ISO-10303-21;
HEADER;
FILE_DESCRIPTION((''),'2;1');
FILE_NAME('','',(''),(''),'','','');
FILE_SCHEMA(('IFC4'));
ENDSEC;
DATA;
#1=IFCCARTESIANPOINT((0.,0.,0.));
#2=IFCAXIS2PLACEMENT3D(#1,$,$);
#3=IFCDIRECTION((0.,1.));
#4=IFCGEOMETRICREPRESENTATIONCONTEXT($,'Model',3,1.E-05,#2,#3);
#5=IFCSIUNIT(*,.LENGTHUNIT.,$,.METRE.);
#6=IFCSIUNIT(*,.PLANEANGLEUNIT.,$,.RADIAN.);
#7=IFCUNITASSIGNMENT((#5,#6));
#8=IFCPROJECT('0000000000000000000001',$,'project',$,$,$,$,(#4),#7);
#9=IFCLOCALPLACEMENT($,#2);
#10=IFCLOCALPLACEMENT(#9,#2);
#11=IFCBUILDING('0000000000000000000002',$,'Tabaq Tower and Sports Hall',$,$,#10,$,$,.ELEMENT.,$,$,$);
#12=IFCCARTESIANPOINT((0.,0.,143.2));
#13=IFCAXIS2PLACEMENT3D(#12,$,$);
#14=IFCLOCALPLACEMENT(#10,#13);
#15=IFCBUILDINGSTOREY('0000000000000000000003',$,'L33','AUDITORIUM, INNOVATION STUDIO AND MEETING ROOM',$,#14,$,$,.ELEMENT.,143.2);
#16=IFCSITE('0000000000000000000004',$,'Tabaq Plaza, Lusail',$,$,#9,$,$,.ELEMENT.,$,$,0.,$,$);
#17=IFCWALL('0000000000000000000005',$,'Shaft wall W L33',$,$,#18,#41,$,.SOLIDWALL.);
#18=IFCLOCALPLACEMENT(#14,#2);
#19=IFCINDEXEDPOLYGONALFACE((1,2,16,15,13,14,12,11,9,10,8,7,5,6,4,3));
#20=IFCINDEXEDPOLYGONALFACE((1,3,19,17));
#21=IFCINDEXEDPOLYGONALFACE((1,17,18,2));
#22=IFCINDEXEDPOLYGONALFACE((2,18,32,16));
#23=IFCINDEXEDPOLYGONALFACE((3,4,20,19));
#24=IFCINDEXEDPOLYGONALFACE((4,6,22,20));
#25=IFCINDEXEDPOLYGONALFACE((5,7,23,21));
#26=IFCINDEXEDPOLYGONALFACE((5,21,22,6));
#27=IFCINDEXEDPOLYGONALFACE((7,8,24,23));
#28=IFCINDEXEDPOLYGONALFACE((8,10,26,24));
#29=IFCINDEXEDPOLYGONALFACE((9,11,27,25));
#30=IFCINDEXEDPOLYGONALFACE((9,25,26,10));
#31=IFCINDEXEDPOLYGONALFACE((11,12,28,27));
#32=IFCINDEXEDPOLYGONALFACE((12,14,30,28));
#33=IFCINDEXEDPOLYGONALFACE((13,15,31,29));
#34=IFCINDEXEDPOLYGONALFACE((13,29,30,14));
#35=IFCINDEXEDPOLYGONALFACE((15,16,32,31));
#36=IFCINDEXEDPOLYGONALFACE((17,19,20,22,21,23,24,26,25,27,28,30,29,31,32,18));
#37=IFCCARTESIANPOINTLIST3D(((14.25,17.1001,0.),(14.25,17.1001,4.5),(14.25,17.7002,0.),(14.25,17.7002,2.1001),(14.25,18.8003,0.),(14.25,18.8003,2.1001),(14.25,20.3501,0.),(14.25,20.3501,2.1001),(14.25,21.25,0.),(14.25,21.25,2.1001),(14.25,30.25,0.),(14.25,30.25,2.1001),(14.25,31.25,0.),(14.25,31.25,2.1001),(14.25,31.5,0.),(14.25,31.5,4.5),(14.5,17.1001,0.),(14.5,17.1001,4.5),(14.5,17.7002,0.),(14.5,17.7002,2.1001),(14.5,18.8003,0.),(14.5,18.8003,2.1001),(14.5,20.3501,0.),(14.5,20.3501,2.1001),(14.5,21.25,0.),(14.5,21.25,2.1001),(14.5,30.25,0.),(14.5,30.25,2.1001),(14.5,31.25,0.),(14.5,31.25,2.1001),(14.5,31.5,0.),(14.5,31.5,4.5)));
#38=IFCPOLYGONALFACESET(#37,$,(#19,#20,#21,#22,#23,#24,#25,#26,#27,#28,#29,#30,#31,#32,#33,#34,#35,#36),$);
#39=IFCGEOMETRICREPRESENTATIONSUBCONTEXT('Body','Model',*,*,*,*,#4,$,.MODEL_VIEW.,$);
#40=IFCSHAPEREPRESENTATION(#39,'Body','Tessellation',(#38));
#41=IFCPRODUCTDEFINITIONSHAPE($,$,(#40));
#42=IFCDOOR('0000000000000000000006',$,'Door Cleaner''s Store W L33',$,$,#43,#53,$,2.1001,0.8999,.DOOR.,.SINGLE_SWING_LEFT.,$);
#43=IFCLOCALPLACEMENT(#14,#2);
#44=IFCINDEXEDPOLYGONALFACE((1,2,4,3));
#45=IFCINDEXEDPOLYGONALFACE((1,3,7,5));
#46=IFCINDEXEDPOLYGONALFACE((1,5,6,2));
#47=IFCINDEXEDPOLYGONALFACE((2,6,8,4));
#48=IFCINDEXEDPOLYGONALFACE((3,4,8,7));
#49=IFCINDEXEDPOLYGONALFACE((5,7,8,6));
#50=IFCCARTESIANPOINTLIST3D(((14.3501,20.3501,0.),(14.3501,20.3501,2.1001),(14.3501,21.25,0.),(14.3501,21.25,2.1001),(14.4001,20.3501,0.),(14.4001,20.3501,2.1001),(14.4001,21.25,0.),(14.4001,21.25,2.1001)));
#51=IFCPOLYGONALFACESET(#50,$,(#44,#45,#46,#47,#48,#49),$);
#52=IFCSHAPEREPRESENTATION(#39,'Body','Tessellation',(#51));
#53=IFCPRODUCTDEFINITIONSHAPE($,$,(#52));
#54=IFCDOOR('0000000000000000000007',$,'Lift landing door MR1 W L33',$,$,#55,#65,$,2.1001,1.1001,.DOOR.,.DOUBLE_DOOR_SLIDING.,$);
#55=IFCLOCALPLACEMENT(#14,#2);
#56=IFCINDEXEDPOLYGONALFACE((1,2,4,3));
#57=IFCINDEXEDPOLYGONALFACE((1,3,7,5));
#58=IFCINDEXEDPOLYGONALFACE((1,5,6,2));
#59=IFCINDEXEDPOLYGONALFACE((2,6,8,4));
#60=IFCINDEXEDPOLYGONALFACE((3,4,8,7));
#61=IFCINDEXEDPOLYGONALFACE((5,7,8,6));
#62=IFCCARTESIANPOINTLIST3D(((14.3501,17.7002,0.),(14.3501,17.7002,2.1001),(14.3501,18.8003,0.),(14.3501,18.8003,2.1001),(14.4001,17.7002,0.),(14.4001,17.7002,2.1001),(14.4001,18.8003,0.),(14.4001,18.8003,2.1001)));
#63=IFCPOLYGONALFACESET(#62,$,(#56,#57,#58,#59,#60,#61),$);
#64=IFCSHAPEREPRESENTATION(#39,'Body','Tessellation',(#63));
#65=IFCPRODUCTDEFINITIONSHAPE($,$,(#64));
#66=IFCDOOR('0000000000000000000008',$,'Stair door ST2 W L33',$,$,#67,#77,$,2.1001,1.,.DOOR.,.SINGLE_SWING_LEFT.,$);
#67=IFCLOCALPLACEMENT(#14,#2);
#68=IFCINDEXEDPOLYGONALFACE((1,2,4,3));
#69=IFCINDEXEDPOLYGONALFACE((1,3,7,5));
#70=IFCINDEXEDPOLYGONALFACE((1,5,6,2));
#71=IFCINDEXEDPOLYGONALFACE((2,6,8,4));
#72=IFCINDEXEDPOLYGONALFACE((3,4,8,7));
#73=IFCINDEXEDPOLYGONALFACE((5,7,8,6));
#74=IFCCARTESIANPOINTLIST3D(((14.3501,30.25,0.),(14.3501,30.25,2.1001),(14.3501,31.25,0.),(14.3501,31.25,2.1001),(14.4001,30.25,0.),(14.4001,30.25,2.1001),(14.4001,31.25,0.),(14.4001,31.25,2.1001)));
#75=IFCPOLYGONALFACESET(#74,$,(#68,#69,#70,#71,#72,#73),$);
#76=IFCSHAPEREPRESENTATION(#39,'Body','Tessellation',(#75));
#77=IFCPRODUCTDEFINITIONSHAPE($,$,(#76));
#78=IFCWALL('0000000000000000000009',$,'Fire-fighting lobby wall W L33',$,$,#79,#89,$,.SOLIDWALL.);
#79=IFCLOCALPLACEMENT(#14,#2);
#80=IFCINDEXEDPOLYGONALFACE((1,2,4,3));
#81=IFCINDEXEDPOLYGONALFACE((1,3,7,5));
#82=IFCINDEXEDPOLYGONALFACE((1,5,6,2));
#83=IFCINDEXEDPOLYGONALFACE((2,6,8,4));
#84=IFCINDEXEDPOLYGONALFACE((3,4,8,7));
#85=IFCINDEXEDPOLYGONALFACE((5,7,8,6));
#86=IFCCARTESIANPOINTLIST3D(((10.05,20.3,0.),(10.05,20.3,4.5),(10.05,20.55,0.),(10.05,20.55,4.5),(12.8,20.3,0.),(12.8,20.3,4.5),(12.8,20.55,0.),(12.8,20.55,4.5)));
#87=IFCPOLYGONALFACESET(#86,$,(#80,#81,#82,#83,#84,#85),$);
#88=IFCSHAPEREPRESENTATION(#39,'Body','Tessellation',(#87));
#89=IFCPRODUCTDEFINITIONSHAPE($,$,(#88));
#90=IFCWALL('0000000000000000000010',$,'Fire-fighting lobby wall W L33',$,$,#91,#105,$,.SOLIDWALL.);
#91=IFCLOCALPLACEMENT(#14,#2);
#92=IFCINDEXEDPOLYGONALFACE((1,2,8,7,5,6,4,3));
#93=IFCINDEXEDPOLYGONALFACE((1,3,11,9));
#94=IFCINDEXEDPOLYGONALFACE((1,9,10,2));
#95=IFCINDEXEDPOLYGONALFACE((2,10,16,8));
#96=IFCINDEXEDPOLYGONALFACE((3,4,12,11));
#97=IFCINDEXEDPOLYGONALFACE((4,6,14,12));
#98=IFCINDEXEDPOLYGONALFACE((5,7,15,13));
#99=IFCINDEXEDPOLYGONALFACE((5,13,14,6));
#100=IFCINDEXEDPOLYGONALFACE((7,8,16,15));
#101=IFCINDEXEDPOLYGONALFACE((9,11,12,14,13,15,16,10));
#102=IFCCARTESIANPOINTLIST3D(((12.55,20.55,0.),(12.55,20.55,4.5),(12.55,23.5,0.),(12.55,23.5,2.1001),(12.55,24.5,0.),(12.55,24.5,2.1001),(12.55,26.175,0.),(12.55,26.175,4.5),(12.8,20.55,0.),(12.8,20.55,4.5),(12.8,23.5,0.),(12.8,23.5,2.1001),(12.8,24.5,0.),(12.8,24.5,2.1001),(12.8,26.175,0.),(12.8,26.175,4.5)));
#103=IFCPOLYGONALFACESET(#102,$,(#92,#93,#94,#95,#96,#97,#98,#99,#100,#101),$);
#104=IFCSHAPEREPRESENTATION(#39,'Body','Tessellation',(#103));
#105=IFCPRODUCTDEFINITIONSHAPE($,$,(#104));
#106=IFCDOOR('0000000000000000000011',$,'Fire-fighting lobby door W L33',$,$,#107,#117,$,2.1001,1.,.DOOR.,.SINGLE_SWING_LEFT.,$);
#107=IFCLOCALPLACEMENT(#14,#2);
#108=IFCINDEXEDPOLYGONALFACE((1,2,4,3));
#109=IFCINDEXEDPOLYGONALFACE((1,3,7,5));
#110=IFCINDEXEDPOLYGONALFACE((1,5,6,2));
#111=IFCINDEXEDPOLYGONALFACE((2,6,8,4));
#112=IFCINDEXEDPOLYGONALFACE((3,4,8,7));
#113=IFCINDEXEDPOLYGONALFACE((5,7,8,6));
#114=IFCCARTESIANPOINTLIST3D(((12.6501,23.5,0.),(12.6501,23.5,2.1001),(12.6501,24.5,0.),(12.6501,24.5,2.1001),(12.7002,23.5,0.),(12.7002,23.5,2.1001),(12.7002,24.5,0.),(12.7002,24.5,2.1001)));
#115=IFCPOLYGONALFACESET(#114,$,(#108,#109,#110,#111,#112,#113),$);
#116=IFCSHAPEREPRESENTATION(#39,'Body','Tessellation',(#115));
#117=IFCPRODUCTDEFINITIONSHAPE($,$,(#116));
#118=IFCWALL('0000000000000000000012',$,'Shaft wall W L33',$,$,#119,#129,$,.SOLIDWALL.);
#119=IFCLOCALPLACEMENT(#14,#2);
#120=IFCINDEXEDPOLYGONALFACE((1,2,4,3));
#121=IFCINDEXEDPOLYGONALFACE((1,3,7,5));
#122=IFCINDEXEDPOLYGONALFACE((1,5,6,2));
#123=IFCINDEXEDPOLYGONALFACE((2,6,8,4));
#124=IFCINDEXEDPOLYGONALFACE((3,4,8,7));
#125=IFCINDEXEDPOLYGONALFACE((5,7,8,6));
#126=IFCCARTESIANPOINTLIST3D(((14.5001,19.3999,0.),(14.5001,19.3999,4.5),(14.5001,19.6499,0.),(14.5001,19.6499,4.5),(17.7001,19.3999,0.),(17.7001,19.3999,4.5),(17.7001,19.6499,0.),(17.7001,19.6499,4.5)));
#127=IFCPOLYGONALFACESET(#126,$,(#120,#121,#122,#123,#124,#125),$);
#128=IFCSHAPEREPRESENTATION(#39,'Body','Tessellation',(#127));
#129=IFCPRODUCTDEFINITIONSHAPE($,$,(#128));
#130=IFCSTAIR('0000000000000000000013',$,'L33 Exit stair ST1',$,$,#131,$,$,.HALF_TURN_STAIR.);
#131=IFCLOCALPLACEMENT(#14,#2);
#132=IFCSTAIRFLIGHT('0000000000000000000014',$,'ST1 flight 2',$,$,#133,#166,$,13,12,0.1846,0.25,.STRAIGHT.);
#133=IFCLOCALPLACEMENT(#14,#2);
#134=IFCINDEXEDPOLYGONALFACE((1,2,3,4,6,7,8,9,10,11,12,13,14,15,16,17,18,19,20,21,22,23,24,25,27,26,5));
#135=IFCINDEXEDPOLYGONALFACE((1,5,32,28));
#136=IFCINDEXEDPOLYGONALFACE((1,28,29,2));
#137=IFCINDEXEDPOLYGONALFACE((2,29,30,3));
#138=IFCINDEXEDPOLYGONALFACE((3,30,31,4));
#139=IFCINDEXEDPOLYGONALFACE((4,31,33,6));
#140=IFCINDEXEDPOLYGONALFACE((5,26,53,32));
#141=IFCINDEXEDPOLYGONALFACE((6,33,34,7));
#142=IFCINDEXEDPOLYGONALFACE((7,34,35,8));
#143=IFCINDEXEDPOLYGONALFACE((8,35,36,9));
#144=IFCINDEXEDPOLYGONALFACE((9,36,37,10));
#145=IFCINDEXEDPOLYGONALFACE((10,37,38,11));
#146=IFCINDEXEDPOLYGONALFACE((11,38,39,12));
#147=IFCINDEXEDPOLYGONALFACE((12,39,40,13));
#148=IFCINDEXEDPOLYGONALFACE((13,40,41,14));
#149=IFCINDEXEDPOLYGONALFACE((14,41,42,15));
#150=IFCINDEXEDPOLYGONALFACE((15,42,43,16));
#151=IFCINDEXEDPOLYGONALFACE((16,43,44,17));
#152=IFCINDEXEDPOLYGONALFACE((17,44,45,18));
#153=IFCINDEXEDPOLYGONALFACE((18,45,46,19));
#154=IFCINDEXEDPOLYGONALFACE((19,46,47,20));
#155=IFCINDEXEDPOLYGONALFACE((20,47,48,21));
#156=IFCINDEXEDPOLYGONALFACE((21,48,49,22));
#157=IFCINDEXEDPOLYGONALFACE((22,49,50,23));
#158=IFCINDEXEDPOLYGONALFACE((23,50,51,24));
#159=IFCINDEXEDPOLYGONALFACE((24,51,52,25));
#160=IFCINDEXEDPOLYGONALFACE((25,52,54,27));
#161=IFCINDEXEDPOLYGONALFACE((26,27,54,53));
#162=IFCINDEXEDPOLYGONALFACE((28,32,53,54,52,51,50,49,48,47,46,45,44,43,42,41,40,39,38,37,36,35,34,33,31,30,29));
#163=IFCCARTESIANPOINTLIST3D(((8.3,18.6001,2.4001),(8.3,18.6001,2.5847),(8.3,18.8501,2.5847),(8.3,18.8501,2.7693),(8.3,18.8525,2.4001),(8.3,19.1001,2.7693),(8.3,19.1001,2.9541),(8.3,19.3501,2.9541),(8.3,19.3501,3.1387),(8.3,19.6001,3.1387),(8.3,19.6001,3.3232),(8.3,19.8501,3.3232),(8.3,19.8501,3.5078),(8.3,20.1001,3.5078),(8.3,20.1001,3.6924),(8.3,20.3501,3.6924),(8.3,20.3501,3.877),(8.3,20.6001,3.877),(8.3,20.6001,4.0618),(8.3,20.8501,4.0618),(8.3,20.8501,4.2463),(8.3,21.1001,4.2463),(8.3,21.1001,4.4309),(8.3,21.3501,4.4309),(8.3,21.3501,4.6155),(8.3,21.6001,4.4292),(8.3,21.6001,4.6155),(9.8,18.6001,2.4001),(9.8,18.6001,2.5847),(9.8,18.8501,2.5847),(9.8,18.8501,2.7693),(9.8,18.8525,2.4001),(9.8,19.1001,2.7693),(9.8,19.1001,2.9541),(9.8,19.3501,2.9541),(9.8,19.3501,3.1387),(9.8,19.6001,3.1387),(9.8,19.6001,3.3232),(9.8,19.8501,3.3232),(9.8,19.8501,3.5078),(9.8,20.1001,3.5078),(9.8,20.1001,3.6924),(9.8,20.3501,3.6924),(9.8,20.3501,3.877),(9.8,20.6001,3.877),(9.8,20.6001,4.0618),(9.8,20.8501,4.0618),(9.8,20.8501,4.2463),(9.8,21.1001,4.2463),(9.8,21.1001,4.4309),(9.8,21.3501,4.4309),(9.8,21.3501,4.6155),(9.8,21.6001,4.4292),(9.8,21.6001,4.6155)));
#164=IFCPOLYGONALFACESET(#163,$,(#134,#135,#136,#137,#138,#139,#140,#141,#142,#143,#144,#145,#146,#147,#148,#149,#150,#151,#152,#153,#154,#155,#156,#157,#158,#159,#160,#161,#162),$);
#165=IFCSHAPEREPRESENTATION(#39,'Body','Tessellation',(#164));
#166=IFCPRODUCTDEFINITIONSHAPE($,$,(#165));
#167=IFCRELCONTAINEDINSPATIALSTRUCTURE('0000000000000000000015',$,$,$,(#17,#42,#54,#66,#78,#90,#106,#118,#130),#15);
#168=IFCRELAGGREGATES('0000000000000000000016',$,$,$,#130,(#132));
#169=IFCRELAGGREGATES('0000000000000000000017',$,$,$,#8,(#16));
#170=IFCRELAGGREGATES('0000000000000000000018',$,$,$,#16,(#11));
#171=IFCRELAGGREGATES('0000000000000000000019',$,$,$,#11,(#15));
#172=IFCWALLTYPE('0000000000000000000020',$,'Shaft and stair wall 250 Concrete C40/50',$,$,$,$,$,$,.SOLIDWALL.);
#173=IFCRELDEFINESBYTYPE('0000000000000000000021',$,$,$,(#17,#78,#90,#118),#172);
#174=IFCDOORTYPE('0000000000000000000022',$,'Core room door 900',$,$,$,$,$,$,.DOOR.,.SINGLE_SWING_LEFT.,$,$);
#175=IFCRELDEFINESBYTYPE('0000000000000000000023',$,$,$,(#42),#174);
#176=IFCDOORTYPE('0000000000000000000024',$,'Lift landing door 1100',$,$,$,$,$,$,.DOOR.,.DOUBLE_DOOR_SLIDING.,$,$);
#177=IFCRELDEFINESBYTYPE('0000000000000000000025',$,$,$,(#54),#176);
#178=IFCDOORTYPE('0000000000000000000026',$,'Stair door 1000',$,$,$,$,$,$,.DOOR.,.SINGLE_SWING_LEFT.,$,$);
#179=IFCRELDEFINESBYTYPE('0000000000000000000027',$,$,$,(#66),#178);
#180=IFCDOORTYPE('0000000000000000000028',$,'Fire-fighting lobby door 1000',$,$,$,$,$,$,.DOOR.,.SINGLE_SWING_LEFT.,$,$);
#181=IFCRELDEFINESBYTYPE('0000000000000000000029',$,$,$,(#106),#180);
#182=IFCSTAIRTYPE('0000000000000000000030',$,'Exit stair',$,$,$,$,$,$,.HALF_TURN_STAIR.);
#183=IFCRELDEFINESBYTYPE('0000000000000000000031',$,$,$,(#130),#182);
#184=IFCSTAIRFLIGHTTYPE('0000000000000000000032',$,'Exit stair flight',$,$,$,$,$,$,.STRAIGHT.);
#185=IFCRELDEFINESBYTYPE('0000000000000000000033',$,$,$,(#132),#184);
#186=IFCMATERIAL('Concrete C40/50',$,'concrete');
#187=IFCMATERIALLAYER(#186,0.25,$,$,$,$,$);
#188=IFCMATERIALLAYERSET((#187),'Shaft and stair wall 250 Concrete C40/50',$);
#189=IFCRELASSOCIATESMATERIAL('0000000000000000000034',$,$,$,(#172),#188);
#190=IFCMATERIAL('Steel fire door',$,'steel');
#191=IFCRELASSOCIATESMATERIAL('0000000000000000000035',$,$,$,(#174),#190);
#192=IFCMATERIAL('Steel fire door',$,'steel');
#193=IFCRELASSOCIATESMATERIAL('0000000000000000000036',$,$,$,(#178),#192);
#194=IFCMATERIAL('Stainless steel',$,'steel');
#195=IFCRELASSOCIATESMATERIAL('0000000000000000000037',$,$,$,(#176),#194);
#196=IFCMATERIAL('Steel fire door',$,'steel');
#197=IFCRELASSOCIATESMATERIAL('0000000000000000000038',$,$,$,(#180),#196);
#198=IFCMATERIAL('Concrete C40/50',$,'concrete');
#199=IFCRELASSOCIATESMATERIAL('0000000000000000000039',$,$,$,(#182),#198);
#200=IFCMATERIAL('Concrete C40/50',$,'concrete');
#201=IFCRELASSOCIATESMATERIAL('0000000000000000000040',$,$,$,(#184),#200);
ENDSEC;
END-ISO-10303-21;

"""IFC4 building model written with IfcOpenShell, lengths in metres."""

from ifc_helpers import new_model, si_unit, direction, frame, frame_2d, origin, place, context, subcontext, project, spatial, polyline, rectangle, outline, extrude, material, layer, layer_set, type_object, element, fill, aggregate, save


model = new_model("IFC4")

# Units and contexts
model_context = context("Model", 3, precision=1e-05, world=origin(), true_north=direction((0.0, 1.0)))
body_context = subcontext(model_context, "Body", "Model", "MODEL_VIEW")
ifc_project = project(units=[si_unit("LENGTHUNIT", "METRE"), si_unit("PLANEANGLEUNIT", "RADIAN")], contexts=[model_context])

# Site, building, storey
site_placement = place(None, origin())
site = spatial("IfcSite", under=ifc_project, at=site_placement, Name="Tabaq Plaza, Lusail", CompositionType="ELEMENT", RefElevation=0.0)
building_placement = place(site_placement, origin())
building = spatial("IfcBuilding", under=site, at=building_placement, Name="Tabaq Tower and Sports Hall", CompositionType="ELEMENT")
storey_placement = place(building_placement, frame((0.0, 0.0, 143.2)))
storey = spatial("IfcBuildingStorey", under=building, at=storey_placement, Name="L33", Description="AUDITORIUM, INNOVATION STUDIO AND MEETING ROOM", CompositionType="ELEMENT", Elevation=143.2)

# Wall, openings, doors
ifc_material_1 = material(Name="Concrete C40/50", Category="concrete")
ifc_layer_1 = layer(ifc_material_1, 0.25)
ifc_layer_set_1 = layer_set([ifc_layer_1], Name="Shaft and stair wall 250 Concrete C40/50")
wall_type_1 = type_object("IfcWallType", Name="Shaft and stair wall 250 Concrete C40/50", PredefinedType="SOLIDWALL", material=ifc_layer_set_1)
ifc_material_2 = material(Name="Steel fire door", Category="steel")
door_type_1 = type_object("IfcDoorType", Name="Core room door 900", OperationType="SINGLE_SWING_LEFT", PredefinedType="DOOR", material=ifc_material_2)
ifc_material_3 = material(Name="Steel fire door", Category="steel")
door_type_2 = type_object("IfcDoorType", Name="Stair door 1000", OperationType="SINGLE_SWING_LEFT", PredefinedType="DOOR", material=ifc_material_3)
wall_1_placement = place(storey_placement, frame((14.375, 17.1001, 0.0), z_axis=(0.0, 0.0, 1.0), x_axis=(0.0, 1.0, 0.0)))
wall_1 = element("IfcWall", 1, at=wall_1_placement, inside=storey, type_object=wall_type_1, Name="Shaft wall W L33", PredefinedType="SOLIDWALL", context=body_context, shape_type="SweptSolid", body=[
    extrude(rectangle(XDim=14.3999, YDim=0.25, at=frame_2d((7.2, 0.0))), origin(), (0.0, 0.0, 1.0), 4.5),
])
opening_1_placement = place(wall_1_placement, frame((13.1499, 0.0, 0.0)))
opening_1 = element("IfcOpeningElement", 2, at=opening_1_placement, cuts=wall_1, PredefinedType="OPENING", context=body_context, shape_type="SweptSolid", body=[
    extrude(rectangle(XDim=1.0, YDim=2.1001, at=frame_2d((0.5, 1.05))), frame((0.0, 0.125, 0.0), z_axis=(0.0, -1.0, 0.0), x_axis=(1.0, 0.0, 0.0)), (0.0, 0.0, 1.0), 0.25),
])
opening_2_placement = place(wall_1_placement, frame((0.6001, 0.0, 0.0)))
opening_2 = element("IfcOpeningElement", 3, at=opening_2_placement, cuts=wall_1, PredefinedType="OPENING", context=body_context, shape_type="SweptSolid", body=[
    extrude(rectangle(XDim=1.1001, YDim=2.1001, at=frame_2d((0.55, 1.05))), frame((0.0, 0.125, 0.0), z_axis=(0.0, -1.0, 0.0), x_axis=(1.0, 0.0, 0.0)), (0.0, 0.0, 1.0), 0.25),
])
opening_3_placement = place(wall_1_placement, frame((3.25, 0.0, 0.0)))
opening_3 = element("IfcOpeningElement", 4, at=opening_3_placement, cuts=wall_1, PredefinedType="OPENING", context=body_context, shape_type="SweptSolid", body=[
    extrude(rectangle(XDim=0.8999, YDim=2.1001, at=frame_2d((0.45, 1.05))), frame((0.0, 0.125, 0.0), z_axis=(0.0, -1.0, 0.0), x_axis=(1.0, 0.0, 0.0)), (0.0, 0.0, 1.0), 0.25),
])
door_1_placement = place(opening_3_placement, origin())
door_1 = element("IfcDoor", 5, at=door_1_placement, inside=storey, type_object=door_type_1, Name="Door Cleaner's Store W L33", OperationType="SINGLE_SWING_LEFT", OverallHeight=2.1001, OverallWidth=0.8999, PredefinedType="DOOR", context=body_context, shape_type="SweptSolid", body=[
    extrude(rectangle(XDim=0.8999, YDim=2.1001, at=frame_2d((0.45, 1.05))), frame((0.0, 0.0249, 0.0), z_axis=(0.0, -1.0, 0.0), x_axis=(1.0, 0.0, 0.0)), (0.0, 0.0, 1.0), 0.05),
])
fill(opening_3, door_1)
ifc_material_4 = material(Name="Stainless steel", Category="steel")
door_type_3 = type_object("IfcDoorType", Name="Lift landing door 1100", OperationType="DOUBLE_DOOR_SLIDING", PredefinedType="DOOR", material=ifc_material_4)
door_2_placement = place(opening_2_placement, origin())
door_2 = element("IfcDoor", 6, at=door_2_placement, inside=storey, type_object=door_type_3, Name="Lift landing door MR1 W L33", OperationType="DOUBLE_DOOR_SLIDING", OverallHeight=2.1001, OverallWidth=1.1001, PredefinedType="DOOR", context=body_context, shape_type="SweptSolid", body=[
    extrude(rectangle(XDim=1.1001, YDim=2.1001, at=frame_2d((0.55, 1.05))), frame((0.0, 0.0249, 0.0), z_axis=(0.0, -1.0, 0.0), x_axis=(1.0, 0.0, 0.0)), (0.0, 0.0, 1.0), 0.05),
])
fill(opening_2, door_2)
door_3_placement = place(opening_1_placement, origin())
door_3 = element("IfcDoor", 7, at=door_3_placement, inside=storey, type_object=door_type_2, Name="Stair door ST2 W L33", OperationType="SINGLE_SWING_LEFT", OverallHeight=2.1001, OverallWidth=1.0, PredefinedType="DOOR", context=body_context, shape_type="SweptSolid", body=[
    extrude(rectangle(XDim=1.0, YDim=2.1001, at=frame_2d((0.5, 1.05))), frame((0.0, 0.0249, 0.0), z_axis=(0.0, -1.0, 0.0), x_axis=(1.0, 0.0, 0.0)), (0.0, 0.0, 1.0), 0.05),
])
fill(opening_1, door_3)

# Wall
wall_2_placement = place(storey_placement, frame((10.05, 20.425, 0.0), z_axis=(0.0, 0.0, 1.0), x_axis=(1.0, 0.0, 0.0)))
element("IfcWall", 8, at=wall_2_placement, inside=storey, type_object=wall_type_1, Name="Fire-fighting lobby wall W L33", PredefinedType="SOLIDWALL", context=body_context, shape_type="SweptSolid", body=[
    extrude(rectangle(XDim=2.75, YDim=0.25, at=frame_2d((1.375, 0.0))), origin(), (0.0, 0.0, 1.0), 4.5),
])

# Wall, opening, door
wall_3_placement = place(storey_placement, frame((12.675, 20.55, 0.0), z_axis=(0.0, 0.0, 1.0), x_axis=(0.0, 1.0, 0.0)))
wall_3 = element("IfcWall", 9, at=wall_3_placement, inside=storey, type_object=wall_type_1, Name="Fire-fighting lobby wall W L33", PredefinedType="SOLIDWALL", context=body_context, shape_type="SweptSolid", body=[
    extrude(rectangle(XDim=5.625, YDim=0.25, at=frame_2d((2.8125, 0.0))), origin(), (0.0, 0.0, 1.0), 4.5),
])
opening_4_placement = place(wall_3_placement, frame((2.95, 0.0, 0.0)))
opening_4 = element("IfcOpeningElement", 10, at=opening_4_placement, cuts=wall_3, PredefinedType="OPENING", context=body_context, shape_type="SweptSolid", body=[
    extrude(rectangle(XDim=1.0, YDim=2.1001, at=frame_2d((0.5, 1.05))), frame((0.0, 0.125, 0.0), z_axis=(0.0, -1.0, 0.0), x_axis=(1.0, 0.0, 0.0)), (0.0, 0.0, 1.0), 0.25),
])
ifc_material_5 = material(Name="Steel fire door", Category="steel")
door_type_4 = type_object("IfcDoorType", Name="Fire-fighting lobby door 1000", OperationType="SINGLE_SWING_LEFT", PredefinedType="DOOR", material=ifc_material_5)
door_4_placement = place(opening_4_placement, origin())
door_4 = element("IfcDoor", 11, at=door_4_placement, inside=storey, type_object=door_type_4, Name="Fire-fighting lobby door W L33", OperationType="SINGLE_SWING_LEFT", OverallHeight=2.1001, OverallWidth=1.0, PredefinedType="DOOR", context=body_context, shape_type="SweptSolid", body=[
    extrude(rectangle(XDim=1.0, YDim=2.1001, at=frame_2d((0.5, 1.05))), frame((0.0, 0.0249, 0.0), z_axis=(0.0, -1.0, 0.0), x_axis=(1.0, 0.0, 0.0)), (0.0, 0.0, 1.0), 0.05),
])
fill(opening_4, door_4)

# Wall
wall_4_placement = place(storey_placement, frame((14.5, 19.5249, 0.0), z_axis=(0.0, 0.0, 1.0), x_axis=(1.0, 0.0, 0.0)))
element("IfcWall", 12, at=wall_4_placement, inside=storey, type_object=wall_type_1, Name="Shaft wall W L33", PredefinedType="SOLIDWALL", context=body_context, shape_type="SweptSolid", body=[
    extrude(rectangle(XDim=3.2, YDim=0.25, at=frame_2d((1.6001, 0.0))), origin(), (0.0, 0.0, 1.0), 4.5),
])

# Stair, stair flight
ifc_material_6 = material(Name="Concrete C40/50", Category="concrete")
stair_type = type_object("IfcStairType", Name="Exit stair", PredefinedType="HALF_TURN_STAIR", material=ifc_material_6)
stair_placement = place(storey_placement, origin())
stair = element("IfcStair", 13, at=stair_placement, inside=storey, type_object=stair_type, Name="L33 Exit stair ST1", PredefinedType="HALF_TURN_STAIR")
ifc_material_7 = material(Name="Concrete C40/50", Category="concrete")
stair_flight_type = type_object("IfcStairFlightType", Name="Exit stair flight", PredefinedType="STRAIGHT", material=ifc_material_7)
stair_flight_placement = place(storey_placement, frame((9.05, 18.6001, 2.4001), z_axis=(0.0, 0.0, 1.0), x_axis=(0.0, 1.0, 0.0)))
stair_flight = element("IfcStairFlight", 14, at=stair_flight_placement, type_object=stair_flight_type, Name="ST1 flight 2", NumberOfRisers=13, NumberOfTreads=12, PredefinedType="STRAIGHT", RiserHeight=0.1846, TreadLength=0.25, context=body_context, shape_type="SweptSolid", body=[
    extrude(outline(polyline([(0.0, 0.0), (0.0, 0.1846), (0.25, 0.1846), (0.25, 0.3691), (0.5, 0.3691), (0.5, 0.554), (0.75, 0.554), (0.75, 0.7385), (1.0, 0.7385), (1.0, 0.9231), (1.25, 0.9231), (1.25, 1.1077), (1.5, 1.1077), (1.5, 1.2922), (1.75, 1.2922), (1.75, 1.4768), (2.0, 1.4768), (2.0, 1.6616), (2.25, 1.6616), (2.25, 1.8462), (2.5, 1.8462), (2.5, 2.0308), (2.75, 2.0308), (2.75, 2.2153), (3.0, 2.2153), (3.0, 2.3999), (3.0, 2.0291), (0.2524, 0.0), (0.0, 0.0)])), frame((0.0, 0.75, 0.0), z_axis=(0.0, -1.0, 0.0), x_axis=(1.0, 0.0, 0.0)), (0.0, 0.0, 1.0), 1.5),
])
aggregate(stair, [stair_flight])

save(model, "model.ifc")
